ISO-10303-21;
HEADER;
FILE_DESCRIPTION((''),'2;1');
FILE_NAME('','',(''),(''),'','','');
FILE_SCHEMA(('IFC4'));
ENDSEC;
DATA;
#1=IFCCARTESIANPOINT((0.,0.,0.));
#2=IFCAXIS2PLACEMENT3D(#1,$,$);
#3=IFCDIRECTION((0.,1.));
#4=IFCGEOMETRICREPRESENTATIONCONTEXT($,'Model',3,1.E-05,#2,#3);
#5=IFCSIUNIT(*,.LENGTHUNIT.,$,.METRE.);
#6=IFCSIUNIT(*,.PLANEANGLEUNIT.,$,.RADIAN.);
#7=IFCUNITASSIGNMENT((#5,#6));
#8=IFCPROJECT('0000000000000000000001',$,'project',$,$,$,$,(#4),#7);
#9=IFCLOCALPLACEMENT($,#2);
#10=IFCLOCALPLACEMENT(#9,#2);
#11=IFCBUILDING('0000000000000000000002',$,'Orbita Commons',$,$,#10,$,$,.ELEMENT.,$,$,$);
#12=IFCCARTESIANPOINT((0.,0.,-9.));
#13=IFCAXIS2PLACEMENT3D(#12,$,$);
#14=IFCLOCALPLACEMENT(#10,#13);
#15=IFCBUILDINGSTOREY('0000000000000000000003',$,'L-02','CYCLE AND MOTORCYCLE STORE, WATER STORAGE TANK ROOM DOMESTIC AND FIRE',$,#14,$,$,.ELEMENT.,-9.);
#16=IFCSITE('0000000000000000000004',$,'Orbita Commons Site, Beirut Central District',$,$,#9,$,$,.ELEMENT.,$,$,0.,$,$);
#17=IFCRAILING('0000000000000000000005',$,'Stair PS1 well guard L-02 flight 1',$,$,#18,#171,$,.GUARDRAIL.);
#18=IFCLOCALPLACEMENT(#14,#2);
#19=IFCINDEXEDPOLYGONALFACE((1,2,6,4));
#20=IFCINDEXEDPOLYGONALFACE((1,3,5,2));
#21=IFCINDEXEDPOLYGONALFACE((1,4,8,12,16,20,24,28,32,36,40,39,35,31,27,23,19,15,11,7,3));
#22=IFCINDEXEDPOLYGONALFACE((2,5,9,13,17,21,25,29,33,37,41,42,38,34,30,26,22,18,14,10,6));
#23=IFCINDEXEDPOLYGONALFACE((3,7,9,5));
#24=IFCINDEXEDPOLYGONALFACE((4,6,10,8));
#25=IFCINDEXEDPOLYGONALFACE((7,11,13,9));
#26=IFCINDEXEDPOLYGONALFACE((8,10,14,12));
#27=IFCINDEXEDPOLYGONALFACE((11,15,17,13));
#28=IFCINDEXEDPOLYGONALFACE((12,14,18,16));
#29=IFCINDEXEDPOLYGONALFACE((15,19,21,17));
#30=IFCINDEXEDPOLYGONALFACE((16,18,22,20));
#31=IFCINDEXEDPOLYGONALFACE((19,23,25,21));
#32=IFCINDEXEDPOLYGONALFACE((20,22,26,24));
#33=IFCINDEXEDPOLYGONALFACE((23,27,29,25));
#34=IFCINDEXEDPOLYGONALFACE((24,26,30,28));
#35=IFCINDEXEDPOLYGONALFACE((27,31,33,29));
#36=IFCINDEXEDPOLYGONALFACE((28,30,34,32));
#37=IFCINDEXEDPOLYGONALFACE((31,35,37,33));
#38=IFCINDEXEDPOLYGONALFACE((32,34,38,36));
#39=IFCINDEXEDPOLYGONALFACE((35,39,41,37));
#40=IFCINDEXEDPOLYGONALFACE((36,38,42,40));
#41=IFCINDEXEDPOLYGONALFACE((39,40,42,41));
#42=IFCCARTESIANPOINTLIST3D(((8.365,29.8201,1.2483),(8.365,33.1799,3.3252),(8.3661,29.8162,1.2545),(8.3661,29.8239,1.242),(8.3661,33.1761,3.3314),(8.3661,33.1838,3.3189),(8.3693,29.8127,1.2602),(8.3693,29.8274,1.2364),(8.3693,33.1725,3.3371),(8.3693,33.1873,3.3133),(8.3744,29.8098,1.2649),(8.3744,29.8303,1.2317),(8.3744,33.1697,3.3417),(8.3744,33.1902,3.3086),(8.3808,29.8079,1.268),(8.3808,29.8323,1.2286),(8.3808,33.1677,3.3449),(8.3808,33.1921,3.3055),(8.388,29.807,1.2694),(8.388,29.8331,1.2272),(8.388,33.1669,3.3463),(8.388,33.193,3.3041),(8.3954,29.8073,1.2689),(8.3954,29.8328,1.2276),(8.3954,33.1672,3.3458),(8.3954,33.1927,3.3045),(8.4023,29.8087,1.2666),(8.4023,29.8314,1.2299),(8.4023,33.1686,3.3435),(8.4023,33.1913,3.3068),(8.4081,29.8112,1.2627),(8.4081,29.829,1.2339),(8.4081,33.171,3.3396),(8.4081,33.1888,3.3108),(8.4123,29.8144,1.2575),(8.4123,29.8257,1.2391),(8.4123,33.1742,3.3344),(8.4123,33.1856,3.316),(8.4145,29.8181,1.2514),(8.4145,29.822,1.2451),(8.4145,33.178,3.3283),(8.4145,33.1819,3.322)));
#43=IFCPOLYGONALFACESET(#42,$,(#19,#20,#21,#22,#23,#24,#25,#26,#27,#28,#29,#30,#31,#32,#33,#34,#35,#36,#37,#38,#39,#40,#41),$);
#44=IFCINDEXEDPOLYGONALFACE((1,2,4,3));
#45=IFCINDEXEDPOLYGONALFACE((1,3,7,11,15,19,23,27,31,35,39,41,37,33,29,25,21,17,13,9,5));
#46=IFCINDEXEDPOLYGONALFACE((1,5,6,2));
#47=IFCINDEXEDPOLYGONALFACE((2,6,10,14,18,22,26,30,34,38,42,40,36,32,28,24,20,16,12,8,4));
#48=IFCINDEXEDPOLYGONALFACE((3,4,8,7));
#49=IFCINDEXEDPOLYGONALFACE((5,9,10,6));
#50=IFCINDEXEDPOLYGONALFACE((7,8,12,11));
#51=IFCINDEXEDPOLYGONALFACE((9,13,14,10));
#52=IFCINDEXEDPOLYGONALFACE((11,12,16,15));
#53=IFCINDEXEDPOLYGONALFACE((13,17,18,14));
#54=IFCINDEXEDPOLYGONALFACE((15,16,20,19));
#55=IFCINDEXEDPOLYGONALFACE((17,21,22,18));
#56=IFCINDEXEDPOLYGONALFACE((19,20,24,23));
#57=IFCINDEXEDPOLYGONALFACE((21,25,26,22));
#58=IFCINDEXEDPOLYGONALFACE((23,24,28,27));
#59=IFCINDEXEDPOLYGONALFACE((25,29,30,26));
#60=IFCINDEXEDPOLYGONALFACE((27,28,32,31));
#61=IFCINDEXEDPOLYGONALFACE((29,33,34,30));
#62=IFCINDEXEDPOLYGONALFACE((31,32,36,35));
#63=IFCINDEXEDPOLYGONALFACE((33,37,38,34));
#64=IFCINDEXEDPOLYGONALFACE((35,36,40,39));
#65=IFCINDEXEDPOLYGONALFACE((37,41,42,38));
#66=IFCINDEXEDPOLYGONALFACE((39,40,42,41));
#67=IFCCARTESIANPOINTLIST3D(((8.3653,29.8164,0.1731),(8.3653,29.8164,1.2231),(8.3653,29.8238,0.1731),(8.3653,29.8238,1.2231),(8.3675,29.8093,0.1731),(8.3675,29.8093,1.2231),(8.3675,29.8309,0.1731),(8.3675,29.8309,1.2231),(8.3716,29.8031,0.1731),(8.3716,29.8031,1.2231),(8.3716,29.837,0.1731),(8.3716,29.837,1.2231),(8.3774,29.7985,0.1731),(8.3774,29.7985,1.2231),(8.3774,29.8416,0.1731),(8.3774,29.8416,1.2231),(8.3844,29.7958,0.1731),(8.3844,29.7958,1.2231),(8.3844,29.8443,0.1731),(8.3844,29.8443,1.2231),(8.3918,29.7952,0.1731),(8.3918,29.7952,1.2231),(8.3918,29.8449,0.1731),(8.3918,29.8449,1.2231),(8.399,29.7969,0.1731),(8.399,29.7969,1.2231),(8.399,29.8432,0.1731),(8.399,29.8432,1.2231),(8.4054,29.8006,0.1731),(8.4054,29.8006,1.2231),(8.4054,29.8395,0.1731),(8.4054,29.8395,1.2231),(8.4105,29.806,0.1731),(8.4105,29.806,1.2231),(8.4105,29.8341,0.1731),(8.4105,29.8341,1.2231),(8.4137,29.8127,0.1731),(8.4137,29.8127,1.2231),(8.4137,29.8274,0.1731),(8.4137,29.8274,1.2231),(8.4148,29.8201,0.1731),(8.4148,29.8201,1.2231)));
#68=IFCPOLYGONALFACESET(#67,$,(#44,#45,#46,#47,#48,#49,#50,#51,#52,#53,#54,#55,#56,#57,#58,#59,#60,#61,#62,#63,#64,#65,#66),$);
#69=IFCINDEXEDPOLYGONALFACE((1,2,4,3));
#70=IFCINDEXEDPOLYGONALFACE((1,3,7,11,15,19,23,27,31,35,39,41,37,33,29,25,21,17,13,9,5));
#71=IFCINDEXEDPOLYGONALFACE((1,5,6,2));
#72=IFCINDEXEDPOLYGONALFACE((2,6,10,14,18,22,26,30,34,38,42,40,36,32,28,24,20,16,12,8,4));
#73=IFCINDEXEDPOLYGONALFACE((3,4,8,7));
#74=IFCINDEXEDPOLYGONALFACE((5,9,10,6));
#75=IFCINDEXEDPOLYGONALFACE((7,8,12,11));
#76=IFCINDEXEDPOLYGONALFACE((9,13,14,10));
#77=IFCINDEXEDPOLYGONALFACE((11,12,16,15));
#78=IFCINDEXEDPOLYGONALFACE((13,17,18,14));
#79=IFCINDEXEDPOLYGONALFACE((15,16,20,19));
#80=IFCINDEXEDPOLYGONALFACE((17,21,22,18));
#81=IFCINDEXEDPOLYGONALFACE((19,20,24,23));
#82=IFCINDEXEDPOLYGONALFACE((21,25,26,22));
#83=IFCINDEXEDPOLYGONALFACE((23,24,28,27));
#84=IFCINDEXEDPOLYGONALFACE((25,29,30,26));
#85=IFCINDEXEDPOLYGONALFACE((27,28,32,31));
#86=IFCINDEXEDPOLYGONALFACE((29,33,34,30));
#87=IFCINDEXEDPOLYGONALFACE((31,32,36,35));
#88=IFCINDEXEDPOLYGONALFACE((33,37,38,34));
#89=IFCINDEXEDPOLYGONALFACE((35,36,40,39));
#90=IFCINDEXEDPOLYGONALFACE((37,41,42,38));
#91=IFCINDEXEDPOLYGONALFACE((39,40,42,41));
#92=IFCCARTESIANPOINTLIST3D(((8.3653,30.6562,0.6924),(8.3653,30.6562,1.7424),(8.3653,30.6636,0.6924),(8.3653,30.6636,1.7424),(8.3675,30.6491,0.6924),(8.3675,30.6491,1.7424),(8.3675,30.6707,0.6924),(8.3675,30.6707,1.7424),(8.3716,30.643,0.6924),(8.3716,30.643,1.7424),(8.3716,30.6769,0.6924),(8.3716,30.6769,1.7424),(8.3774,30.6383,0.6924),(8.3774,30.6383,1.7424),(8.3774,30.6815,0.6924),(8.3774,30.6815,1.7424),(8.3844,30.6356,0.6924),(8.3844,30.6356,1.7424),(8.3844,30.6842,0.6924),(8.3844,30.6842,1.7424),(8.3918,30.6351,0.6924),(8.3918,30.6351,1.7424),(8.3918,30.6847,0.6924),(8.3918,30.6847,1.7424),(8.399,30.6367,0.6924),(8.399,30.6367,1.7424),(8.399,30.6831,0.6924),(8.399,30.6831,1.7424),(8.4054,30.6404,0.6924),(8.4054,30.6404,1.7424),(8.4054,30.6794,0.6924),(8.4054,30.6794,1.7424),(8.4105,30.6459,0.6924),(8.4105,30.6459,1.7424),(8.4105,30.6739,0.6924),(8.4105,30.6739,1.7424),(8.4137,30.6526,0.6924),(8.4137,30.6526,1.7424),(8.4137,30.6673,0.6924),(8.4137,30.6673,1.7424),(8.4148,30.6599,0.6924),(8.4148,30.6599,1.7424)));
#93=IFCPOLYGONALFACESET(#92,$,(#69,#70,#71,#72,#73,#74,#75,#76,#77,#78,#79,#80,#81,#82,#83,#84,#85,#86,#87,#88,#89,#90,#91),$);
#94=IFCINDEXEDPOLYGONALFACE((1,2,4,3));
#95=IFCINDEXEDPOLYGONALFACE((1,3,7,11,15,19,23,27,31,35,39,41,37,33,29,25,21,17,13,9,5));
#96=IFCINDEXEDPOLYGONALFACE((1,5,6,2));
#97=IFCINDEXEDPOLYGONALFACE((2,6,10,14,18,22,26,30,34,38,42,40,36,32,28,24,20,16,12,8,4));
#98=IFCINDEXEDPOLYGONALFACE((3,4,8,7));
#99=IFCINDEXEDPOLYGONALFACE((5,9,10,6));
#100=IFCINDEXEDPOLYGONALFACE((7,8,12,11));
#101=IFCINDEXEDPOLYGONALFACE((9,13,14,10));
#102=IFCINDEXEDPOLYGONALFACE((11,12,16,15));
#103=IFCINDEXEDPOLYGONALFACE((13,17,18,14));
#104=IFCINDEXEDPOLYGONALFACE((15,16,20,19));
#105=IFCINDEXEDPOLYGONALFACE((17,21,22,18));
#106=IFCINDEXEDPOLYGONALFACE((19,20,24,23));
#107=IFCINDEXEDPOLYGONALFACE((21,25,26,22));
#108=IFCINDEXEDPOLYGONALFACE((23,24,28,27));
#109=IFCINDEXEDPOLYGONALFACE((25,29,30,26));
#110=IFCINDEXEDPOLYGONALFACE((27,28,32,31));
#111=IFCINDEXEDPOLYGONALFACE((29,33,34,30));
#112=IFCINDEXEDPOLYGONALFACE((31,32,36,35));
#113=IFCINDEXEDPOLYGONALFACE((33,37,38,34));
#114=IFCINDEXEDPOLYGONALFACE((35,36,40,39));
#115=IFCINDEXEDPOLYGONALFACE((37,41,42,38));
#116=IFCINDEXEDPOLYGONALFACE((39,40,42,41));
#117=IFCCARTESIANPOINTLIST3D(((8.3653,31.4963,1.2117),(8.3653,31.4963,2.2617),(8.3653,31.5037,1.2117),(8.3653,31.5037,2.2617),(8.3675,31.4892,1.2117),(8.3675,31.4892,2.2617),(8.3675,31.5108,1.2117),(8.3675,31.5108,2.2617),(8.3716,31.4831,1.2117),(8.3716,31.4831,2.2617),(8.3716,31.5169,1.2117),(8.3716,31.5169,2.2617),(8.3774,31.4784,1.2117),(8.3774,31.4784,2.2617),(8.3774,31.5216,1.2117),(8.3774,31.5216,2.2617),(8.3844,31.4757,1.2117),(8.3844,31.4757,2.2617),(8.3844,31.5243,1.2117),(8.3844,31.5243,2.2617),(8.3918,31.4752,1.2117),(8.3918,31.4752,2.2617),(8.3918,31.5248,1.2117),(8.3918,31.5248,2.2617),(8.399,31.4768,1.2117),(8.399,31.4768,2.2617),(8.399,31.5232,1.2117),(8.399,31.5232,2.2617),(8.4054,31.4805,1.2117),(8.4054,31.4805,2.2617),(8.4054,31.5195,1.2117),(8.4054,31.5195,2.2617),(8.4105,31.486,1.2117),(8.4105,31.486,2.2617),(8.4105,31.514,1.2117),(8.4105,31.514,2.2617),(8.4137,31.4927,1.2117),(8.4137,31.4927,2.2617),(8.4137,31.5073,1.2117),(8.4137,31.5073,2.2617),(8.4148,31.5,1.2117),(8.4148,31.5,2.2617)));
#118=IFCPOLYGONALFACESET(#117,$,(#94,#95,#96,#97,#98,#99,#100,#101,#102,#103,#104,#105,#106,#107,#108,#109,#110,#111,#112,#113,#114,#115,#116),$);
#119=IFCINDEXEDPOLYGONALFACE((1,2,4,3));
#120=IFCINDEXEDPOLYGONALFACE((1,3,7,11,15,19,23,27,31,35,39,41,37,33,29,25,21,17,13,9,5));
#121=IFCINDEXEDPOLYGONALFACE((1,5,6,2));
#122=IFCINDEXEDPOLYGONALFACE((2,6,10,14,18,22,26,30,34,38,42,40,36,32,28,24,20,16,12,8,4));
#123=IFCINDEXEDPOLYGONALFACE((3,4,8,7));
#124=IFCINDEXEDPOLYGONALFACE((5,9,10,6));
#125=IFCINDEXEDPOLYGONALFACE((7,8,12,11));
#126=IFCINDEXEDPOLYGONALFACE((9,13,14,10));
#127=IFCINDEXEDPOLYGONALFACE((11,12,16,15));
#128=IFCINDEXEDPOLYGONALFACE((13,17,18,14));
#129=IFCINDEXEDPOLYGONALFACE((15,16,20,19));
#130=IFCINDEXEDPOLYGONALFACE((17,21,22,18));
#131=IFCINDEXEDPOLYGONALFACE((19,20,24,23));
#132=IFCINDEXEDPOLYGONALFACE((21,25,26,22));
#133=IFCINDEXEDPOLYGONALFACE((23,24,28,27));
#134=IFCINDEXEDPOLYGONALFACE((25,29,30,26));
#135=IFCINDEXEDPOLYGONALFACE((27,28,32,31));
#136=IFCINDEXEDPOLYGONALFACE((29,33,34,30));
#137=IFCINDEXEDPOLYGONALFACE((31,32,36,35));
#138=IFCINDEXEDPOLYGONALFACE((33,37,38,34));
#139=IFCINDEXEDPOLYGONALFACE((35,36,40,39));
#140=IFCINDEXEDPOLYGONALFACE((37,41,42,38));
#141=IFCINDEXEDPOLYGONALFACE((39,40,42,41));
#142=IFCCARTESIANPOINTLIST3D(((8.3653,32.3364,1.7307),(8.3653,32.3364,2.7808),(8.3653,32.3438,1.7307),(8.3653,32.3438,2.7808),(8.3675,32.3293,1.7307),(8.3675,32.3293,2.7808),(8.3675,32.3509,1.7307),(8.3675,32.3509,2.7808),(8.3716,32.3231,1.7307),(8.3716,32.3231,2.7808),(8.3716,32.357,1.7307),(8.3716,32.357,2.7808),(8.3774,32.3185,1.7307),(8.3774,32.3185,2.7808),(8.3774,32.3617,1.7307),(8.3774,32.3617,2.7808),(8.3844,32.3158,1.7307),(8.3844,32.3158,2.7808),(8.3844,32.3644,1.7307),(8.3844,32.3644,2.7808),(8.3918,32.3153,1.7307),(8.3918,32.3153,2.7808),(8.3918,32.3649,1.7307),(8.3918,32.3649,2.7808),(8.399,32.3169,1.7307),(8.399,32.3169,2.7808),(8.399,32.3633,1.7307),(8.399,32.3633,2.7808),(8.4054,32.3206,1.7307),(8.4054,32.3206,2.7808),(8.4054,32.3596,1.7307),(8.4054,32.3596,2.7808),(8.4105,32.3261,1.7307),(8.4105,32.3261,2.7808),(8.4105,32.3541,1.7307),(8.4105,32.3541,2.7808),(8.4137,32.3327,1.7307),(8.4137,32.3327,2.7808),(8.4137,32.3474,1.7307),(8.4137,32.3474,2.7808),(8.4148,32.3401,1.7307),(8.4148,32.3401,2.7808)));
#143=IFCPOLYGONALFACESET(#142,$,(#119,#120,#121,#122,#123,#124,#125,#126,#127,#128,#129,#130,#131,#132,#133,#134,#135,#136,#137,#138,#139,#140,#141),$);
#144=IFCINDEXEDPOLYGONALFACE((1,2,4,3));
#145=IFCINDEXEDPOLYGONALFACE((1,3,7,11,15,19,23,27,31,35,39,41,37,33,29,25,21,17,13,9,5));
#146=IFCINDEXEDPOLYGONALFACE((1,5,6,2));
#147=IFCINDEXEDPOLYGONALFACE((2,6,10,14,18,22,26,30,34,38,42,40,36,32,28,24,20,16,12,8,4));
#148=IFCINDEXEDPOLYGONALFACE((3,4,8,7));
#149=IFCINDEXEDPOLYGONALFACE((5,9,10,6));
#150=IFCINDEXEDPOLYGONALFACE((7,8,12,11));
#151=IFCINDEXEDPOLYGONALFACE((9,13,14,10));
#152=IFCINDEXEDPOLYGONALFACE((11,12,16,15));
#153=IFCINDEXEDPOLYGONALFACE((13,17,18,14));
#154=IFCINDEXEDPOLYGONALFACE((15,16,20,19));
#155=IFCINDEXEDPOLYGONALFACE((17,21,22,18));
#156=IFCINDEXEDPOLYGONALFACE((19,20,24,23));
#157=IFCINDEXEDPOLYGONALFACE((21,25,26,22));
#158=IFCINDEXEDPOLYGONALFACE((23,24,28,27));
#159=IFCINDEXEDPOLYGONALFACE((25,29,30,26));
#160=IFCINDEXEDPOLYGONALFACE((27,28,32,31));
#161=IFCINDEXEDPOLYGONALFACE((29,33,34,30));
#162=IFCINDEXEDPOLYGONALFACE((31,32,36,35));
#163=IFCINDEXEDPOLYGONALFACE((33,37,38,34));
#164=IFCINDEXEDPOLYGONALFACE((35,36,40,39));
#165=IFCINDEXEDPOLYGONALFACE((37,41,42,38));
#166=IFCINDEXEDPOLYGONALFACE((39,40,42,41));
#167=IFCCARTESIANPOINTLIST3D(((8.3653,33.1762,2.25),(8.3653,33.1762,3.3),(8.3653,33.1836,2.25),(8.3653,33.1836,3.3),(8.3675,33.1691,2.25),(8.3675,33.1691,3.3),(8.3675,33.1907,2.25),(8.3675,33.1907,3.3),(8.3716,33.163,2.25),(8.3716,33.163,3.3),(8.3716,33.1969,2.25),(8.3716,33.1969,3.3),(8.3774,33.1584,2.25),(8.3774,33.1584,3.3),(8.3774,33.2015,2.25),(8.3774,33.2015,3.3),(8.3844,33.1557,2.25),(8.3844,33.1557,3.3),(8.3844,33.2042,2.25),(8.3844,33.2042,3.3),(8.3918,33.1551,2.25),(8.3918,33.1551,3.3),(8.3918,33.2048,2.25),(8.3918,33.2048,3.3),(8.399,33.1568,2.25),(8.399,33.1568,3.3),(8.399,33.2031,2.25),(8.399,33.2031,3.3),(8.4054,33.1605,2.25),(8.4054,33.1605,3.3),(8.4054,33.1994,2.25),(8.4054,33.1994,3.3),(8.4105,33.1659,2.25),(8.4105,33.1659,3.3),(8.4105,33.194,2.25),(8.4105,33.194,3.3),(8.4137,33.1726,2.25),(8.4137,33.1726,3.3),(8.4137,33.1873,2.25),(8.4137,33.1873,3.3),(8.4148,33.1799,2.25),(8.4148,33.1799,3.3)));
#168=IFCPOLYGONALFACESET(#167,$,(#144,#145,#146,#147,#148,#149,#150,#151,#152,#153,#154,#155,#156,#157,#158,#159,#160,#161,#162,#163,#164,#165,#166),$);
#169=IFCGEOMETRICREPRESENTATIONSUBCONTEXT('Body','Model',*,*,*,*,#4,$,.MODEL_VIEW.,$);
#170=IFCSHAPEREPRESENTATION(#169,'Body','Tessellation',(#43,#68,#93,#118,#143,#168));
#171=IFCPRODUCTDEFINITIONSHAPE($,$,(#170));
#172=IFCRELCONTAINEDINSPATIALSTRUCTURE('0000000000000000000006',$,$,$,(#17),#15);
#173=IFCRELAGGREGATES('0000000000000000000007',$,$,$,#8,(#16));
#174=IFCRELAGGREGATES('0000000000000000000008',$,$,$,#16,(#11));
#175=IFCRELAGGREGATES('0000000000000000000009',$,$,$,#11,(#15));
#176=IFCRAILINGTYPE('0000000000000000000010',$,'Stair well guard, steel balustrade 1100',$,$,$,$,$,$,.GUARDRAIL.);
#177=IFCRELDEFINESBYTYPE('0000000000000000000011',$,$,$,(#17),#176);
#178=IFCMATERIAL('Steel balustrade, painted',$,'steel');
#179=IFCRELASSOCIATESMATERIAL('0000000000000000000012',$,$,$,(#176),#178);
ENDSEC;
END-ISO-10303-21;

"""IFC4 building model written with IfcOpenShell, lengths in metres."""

from ifc_helpers import new_model, si_unit, direction, frame, origin, origin_2d, place, context, subcontext, project, spatial, circle, extrude, material, type_object, element, save


model = new_model("IFC4")

# Units and contexts
model_context = context("Model", 3, precision=1e-05, world=origin(), true_north=direction((0.0, 1.0)))
body_context = subcontext(model_context, "Body", "Model", "MODEL_VIEW")
ifc_project = project(units=[si_unit("LENGTHUNIT", "METRE"), si_unit("PLANEANGLEUNIT", "RADIAN")], contexts=[model_context])

# Site, building, storey
site_placement = place(None, origin())
site = spatial("IfcSite", under=ifc_project, at=site_placement, Name="Orbita Commons Site, Beirut Central District", CompositionType="ELEMENT", RefElevation=0.0)
building_placement = place(site_placement, origin())
building = spatial("IfcBuilding", under=site, at=building_placement, Name="Orbita Commons", CompositionType="ELEMENT")
storey_placement = place(building_placement, frame((0.0, 0.0, -9.0)))
storey = spatial("IfcBuildingStorey", under=building, at=storey_placement, Name="L-02", Description="CYCLE AND MOTORCYCLE STORE, WATER STORAGE TANK ROOM DOMESTIC AND FIRE", CompositionType="ELEMENT", Elevation=-9.0)

# Railing
ifc_material_1 = material(Name="Steel balustrade, painted", Category="steel")
railing_type_1 = type_object("IfcRailingType", Name="Stair well guard, steel balustrade 1100", PredefinedType="GUARDRAIL", material=ifc_material_1)
railing_1_placement = place(storey_placement, frame((8.3899, 29.8201, 0.1731)))
element("IfcRailing", 1, at=railing_1_placement, inside=storey, type_object=railing_type_1, Name="Stair PS1 well guard L-02 flight 1", PredefinedType="GUARDRAIL", context=body_context, shape_type="SweptSolid", body=[
    extrude(circle(Radius=0.0249, at=origin_2d()), frame((0.0, 0.0, 1.0752), z_axis=(0.0, 0.850606, 0.525803), x_axis=(-1.0, 0.0, 0.0)), (0.0, 0.0, 1.0), 3.95),
    extrude(circle(Radius=0.0249, at=origin_2d()), origin(), (0.0, 0.0, 1.0), 1.05),
    extrude(circle(Radius=0.0249, at=origin_2d()), frame((0.0, 0.8398, 0.5193)), (0.0, 0.0, 1.0), 1.05),
    extrude(circle(Radius=0.0249, at=origin_2d()), frame((0.0, 1.6799, 1.0386)), (0.0, 0.0, 1.0), 1.05),
    extrude(circle(Radius=0.0249, at=origin_2d()), frame((0.0, 2.52, 1.5576)), (0.0, 0.0, 1.0), 1.05),
    extrude(circle(Radius=0.0249, at=origin_2d()), frame((0.0, 3.3599, 2.0769)), (0.0, 0.0, 1.0), 1.05),
])

save(model, "model.ifc")
